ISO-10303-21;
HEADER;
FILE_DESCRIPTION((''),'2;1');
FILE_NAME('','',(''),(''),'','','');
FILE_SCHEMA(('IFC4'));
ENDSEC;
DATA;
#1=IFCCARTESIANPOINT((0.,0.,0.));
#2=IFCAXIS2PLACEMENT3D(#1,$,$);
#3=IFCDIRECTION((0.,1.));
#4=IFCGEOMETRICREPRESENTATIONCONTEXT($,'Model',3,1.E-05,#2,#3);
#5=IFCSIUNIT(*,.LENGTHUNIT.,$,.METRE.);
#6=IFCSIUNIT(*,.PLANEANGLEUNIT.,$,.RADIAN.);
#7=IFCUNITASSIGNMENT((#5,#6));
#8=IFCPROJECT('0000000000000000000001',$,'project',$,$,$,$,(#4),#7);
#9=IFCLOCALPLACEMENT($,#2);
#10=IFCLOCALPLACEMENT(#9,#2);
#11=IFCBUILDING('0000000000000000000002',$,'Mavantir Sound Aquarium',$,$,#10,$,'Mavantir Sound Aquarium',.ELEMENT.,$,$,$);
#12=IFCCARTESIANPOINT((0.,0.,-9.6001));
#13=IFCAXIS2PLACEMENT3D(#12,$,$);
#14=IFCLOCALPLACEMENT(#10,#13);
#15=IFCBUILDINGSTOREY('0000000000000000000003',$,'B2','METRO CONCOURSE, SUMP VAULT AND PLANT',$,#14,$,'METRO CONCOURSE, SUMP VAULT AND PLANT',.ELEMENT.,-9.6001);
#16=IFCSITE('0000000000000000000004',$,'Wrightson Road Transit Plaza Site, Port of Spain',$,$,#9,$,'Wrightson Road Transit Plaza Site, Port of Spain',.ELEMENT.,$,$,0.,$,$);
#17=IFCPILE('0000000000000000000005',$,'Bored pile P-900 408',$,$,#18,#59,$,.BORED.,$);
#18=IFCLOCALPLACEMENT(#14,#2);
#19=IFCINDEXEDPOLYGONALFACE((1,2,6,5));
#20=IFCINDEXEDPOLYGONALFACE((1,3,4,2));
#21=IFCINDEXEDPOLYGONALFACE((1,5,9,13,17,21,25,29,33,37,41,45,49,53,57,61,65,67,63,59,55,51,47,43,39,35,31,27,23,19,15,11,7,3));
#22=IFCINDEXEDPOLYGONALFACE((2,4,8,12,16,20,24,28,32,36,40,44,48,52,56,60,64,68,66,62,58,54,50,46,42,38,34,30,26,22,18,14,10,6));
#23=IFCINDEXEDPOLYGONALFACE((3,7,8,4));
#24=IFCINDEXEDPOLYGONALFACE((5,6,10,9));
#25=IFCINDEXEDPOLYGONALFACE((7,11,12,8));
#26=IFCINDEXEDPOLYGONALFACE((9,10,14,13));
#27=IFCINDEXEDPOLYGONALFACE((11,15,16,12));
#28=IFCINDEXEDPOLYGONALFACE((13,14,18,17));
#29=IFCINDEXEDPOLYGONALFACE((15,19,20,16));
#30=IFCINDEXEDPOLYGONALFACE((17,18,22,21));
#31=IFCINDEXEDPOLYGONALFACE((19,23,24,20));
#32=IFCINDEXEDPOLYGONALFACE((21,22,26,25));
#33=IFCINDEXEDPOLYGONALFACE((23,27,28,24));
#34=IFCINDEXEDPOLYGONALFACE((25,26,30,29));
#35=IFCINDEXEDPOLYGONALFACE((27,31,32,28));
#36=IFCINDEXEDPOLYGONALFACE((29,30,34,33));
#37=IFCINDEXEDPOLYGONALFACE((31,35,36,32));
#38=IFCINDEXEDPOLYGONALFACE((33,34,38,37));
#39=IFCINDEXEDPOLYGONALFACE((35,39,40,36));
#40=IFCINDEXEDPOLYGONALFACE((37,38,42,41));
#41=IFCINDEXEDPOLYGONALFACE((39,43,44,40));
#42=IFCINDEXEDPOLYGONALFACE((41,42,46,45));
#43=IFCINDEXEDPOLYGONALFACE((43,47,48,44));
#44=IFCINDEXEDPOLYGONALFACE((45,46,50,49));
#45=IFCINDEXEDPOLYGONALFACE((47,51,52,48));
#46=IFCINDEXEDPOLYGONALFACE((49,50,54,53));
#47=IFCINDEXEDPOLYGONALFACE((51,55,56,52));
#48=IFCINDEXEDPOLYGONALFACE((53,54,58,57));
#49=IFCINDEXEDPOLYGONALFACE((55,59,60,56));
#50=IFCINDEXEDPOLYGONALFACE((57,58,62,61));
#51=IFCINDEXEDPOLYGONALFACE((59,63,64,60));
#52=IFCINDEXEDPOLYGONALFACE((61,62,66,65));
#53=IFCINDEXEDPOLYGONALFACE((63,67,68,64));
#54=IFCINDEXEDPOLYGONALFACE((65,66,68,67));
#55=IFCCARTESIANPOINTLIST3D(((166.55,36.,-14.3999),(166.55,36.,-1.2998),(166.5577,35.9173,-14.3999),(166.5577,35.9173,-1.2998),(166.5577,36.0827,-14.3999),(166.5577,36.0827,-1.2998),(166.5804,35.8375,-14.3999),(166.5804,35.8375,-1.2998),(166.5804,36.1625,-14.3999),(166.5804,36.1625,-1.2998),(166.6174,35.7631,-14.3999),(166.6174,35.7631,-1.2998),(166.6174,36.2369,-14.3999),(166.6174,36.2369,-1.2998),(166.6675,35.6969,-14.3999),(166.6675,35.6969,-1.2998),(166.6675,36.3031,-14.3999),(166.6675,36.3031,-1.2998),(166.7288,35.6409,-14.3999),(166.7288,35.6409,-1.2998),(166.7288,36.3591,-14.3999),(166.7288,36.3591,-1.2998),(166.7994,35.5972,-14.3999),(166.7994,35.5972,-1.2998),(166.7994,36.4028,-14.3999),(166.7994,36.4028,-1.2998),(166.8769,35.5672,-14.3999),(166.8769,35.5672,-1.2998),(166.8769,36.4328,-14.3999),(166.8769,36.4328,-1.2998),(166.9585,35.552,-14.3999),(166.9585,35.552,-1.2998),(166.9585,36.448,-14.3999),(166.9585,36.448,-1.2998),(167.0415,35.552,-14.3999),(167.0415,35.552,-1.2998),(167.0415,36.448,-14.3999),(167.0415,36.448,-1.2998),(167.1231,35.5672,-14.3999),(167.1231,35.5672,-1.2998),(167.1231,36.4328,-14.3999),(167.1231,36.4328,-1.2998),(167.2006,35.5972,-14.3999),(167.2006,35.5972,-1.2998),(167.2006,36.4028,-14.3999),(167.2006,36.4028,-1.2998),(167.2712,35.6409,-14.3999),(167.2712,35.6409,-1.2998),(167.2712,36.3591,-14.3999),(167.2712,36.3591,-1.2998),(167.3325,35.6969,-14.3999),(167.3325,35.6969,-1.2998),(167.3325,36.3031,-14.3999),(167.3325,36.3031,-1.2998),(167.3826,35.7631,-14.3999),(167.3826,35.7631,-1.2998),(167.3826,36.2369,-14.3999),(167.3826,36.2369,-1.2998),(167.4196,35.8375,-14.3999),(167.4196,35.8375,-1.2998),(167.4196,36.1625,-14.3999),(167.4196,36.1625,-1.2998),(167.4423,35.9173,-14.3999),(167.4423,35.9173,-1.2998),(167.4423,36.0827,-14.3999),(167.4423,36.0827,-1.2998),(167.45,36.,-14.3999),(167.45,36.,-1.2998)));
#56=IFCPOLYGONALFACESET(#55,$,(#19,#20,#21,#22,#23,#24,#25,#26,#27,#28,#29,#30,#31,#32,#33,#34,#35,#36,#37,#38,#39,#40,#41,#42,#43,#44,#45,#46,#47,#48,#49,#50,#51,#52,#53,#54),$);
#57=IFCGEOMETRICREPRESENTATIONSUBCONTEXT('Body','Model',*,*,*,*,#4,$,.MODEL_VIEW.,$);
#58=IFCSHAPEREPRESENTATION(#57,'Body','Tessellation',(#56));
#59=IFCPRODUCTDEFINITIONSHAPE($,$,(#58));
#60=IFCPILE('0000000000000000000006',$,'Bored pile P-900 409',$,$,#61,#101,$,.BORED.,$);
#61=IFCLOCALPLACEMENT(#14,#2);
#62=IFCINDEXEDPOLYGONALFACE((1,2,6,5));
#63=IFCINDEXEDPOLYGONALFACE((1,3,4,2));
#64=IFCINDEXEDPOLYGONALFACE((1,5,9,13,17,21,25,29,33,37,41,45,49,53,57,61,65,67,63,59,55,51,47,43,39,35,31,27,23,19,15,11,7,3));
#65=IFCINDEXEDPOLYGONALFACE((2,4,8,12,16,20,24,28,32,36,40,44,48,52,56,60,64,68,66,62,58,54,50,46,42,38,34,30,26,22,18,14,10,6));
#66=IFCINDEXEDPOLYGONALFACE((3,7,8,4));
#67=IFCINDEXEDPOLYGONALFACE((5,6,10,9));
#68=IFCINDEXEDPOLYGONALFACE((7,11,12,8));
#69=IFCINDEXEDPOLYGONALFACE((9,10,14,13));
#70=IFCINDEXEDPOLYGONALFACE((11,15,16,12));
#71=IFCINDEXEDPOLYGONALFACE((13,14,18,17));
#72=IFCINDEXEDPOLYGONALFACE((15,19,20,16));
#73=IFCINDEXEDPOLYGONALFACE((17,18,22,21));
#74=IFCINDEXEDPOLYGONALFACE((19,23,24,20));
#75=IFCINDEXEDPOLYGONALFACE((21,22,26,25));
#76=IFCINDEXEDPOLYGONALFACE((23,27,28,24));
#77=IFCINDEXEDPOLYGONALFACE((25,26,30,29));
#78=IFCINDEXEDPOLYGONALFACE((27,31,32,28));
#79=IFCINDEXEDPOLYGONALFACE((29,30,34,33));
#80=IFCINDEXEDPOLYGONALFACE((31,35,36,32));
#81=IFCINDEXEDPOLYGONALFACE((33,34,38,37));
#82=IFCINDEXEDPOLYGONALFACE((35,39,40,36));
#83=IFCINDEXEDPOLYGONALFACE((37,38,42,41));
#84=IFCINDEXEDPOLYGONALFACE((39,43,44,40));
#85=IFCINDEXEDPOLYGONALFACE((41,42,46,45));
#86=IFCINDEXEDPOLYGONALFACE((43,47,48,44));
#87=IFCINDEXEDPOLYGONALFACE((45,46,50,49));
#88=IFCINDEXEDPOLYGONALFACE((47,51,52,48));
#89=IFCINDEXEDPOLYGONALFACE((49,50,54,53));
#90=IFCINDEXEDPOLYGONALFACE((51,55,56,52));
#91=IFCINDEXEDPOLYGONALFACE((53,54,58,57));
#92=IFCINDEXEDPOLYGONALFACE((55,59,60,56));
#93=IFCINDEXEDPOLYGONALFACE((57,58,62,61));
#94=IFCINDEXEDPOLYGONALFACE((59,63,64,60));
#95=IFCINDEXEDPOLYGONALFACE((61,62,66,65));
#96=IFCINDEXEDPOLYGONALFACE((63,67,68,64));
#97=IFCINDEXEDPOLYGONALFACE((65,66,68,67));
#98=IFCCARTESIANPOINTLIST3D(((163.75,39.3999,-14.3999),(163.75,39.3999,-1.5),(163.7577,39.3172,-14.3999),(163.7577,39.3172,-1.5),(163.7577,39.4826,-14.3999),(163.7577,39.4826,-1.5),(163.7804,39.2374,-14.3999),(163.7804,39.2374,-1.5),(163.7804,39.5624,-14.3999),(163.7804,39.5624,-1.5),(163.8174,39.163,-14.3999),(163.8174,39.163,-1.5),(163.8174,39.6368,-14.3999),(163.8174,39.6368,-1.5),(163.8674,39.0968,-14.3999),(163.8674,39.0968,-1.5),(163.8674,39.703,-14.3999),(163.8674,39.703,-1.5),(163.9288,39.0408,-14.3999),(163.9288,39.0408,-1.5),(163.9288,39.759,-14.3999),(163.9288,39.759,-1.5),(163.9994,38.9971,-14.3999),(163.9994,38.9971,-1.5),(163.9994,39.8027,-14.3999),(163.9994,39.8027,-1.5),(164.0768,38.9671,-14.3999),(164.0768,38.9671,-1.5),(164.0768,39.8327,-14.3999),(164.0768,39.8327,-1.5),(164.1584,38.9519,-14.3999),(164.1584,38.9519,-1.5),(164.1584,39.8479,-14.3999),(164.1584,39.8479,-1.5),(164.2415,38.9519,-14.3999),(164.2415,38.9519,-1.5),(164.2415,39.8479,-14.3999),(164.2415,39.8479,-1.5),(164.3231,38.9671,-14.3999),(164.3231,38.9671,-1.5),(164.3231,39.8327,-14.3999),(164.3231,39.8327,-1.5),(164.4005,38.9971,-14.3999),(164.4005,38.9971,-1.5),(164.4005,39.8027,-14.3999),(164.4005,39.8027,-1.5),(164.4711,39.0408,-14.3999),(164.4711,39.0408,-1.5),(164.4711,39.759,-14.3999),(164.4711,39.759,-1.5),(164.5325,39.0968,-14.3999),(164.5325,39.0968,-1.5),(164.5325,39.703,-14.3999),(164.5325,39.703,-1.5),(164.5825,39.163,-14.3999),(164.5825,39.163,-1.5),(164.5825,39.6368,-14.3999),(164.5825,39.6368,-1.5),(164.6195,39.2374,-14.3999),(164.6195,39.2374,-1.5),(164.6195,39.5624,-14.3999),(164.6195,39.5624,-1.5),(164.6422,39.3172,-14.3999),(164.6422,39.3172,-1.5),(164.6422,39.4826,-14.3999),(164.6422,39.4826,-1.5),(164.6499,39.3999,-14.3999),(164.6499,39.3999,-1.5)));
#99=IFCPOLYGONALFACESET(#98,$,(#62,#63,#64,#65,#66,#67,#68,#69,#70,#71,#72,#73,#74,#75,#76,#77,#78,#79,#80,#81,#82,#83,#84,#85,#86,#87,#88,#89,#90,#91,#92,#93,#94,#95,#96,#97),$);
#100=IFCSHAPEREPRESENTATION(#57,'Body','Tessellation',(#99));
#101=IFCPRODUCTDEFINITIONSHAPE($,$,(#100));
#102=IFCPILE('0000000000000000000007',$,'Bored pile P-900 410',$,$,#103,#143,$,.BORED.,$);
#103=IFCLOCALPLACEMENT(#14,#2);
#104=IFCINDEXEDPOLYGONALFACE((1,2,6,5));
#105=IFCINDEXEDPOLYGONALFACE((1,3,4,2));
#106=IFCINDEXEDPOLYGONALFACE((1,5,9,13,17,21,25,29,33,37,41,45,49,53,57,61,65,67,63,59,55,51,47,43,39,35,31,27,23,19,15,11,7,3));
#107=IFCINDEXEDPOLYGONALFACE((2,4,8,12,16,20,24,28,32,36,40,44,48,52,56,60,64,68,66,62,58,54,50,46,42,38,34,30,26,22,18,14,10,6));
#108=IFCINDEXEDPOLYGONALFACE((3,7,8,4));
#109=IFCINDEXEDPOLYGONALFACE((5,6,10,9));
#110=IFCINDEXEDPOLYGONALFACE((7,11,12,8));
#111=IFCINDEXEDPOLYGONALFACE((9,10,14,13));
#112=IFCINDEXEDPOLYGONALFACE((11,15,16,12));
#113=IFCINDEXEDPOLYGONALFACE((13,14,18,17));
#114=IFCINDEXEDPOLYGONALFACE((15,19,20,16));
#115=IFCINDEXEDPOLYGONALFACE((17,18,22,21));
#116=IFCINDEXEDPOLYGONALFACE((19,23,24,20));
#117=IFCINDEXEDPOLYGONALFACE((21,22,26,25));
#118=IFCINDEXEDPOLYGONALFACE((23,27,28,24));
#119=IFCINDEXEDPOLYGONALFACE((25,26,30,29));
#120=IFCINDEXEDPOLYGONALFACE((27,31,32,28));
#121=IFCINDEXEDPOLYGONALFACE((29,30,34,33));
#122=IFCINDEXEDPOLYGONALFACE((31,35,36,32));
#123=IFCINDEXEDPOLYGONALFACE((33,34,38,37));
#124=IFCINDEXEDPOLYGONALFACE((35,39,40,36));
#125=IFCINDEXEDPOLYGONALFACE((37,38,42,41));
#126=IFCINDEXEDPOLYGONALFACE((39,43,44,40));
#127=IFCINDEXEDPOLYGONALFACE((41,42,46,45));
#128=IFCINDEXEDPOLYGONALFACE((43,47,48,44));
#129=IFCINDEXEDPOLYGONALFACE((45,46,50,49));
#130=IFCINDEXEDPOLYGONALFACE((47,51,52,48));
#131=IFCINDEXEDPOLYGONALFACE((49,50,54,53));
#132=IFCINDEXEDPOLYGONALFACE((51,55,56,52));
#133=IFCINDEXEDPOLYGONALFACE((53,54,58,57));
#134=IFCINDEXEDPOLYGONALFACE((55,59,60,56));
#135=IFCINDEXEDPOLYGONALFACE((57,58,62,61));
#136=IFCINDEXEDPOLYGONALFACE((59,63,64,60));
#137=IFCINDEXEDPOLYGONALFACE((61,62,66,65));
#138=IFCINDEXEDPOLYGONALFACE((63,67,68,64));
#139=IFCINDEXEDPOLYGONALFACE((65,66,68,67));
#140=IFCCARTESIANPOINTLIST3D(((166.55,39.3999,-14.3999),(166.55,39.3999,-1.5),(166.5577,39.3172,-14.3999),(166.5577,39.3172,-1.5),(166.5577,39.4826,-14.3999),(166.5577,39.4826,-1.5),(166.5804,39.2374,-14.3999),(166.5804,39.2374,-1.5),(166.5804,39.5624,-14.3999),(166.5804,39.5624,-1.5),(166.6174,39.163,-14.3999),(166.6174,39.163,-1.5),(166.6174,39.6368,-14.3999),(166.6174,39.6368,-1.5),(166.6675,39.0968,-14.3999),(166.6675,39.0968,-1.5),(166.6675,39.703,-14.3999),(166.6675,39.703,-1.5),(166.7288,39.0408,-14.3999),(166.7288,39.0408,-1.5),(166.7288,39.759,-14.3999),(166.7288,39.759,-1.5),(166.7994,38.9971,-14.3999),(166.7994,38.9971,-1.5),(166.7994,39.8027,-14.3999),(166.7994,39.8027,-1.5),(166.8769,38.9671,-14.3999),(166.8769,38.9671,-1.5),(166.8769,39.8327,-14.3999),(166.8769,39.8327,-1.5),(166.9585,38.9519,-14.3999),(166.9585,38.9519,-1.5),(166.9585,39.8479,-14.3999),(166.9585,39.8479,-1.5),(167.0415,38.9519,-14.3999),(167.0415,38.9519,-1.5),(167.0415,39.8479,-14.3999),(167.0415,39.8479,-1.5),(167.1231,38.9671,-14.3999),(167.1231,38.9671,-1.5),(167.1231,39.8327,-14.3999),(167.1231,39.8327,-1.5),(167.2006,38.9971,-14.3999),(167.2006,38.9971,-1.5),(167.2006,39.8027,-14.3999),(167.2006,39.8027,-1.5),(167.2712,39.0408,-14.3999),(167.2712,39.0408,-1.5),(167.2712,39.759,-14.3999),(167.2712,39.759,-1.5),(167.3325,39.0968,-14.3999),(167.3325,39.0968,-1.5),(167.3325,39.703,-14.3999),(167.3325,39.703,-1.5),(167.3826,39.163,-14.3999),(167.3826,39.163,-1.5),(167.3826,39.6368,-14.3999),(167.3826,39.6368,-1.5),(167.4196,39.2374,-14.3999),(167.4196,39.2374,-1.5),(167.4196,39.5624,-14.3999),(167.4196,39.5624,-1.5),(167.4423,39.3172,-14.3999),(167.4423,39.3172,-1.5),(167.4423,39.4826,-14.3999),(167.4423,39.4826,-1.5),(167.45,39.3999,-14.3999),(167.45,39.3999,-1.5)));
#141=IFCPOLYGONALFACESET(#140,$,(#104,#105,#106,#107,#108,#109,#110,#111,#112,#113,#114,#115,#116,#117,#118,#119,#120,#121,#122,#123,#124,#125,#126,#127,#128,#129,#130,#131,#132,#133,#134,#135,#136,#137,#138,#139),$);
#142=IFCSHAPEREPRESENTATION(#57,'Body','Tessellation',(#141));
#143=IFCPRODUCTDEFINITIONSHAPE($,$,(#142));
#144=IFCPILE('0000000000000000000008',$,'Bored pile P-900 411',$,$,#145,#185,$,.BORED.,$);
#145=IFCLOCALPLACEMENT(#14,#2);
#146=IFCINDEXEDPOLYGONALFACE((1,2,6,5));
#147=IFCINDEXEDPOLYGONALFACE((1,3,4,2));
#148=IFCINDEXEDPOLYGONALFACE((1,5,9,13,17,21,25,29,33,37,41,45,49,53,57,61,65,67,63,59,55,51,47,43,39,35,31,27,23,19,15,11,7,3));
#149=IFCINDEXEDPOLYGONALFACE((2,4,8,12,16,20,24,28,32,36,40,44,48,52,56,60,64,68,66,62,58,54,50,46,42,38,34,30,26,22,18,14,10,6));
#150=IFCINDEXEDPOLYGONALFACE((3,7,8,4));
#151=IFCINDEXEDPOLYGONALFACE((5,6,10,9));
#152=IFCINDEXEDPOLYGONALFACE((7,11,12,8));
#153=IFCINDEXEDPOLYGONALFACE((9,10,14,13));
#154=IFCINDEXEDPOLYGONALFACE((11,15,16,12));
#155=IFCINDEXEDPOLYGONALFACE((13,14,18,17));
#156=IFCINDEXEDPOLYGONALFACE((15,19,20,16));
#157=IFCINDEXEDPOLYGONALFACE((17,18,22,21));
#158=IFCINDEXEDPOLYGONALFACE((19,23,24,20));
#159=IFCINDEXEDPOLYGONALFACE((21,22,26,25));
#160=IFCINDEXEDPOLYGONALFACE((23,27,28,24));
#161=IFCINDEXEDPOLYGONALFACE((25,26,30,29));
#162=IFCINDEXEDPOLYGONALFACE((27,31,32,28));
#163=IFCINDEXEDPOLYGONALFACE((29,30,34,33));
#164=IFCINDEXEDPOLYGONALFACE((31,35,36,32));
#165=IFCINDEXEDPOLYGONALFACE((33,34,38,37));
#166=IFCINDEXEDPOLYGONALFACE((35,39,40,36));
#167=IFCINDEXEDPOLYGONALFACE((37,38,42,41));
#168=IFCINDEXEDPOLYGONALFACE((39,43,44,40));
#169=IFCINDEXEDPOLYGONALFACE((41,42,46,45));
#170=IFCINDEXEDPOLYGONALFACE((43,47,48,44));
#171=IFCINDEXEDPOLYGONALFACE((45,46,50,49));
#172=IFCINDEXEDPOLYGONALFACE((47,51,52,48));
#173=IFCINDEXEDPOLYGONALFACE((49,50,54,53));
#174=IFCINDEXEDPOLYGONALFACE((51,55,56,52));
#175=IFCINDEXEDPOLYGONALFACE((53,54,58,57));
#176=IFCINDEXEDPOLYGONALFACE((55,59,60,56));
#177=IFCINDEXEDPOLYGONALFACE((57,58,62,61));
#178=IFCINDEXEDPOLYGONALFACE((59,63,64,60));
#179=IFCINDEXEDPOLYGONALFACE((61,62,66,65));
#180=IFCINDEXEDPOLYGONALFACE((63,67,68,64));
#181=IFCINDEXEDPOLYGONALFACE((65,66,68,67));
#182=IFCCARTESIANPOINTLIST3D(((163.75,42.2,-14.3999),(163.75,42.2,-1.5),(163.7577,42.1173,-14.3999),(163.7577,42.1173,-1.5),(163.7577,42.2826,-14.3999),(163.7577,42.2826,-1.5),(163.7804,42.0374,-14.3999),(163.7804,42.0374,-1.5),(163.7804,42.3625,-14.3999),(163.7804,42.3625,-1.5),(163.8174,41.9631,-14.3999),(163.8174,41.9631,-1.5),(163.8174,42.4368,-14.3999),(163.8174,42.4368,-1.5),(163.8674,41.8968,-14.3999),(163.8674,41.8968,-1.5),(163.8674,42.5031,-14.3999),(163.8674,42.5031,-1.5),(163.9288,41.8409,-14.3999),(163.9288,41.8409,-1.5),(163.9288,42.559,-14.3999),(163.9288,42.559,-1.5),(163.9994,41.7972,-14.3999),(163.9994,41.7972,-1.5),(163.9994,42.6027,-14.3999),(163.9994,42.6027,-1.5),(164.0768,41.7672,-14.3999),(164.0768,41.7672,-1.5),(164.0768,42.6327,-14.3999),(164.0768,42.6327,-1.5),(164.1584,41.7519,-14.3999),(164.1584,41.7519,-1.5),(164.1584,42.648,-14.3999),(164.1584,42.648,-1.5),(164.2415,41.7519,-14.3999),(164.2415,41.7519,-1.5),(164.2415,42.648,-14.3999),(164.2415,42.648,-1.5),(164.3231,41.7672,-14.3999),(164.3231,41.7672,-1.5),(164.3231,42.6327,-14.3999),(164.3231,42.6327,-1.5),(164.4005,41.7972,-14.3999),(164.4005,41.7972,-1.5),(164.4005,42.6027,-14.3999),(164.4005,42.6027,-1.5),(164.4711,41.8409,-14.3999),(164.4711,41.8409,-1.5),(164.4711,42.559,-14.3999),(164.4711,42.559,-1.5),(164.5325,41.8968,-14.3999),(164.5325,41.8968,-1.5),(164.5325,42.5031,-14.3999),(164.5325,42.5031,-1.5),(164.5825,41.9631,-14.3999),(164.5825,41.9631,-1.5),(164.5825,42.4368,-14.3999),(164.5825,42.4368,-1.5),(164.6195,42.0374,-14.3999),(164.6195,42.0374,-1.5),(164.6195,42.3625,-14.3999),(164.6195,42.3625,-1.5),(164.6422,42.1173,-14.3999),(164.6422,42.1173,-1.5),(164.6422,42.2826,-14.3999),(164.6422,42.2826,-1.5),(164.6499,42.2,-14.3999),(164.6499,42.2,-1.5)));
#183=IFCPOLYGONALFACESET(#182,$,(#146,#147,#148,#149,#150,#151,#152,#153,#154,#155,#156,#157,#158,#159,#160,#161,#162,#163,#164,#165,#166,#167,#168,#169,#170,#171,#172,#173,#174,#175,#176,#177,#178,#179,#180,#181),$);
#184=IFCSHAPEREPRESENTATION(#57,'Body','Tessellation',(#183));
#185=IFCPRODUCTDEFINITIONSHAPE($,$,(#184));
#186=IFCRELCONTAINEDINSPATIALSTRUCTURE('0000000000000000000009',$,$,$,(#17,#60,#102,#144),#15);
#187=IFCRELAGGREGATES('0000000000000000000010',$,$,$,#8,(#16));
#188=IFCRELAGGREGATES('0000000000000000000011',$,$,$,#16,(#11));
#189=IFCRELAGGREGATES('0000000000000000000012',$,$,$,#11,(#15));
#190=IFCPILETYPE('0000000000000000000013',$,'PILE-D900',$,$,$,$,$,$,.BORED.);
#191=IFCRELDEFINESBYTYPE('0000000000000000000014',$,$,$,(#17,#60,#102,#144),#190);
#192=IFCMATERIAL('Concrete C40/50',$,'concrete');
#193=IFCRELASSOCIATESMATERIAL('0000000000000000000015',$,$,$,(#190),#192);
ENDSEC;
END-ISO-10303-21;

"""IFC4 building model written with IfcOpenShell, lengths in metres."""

from ifc_helpers import new_model, si_unit, direction, frame, origin, origin_2d, place, context, subcontext, project, spatial, circle, extrude, material, material_profile, profile_set, type_object, element, save


model = new_model("IFC4")

# Units and contexts
model_context = context("Model", 3, precision=1e-05, world=origin(), true_north=direction((0.0, 1.0)))
body_context = subcontext(model_context, "Body", "Model", "MODEL_VIEW")
ifc_project = project(units=[si_unit("LENGTHUNIT", "METRE"), si_unit("PLANEANGLEUNIT", "RADIAN")], contexts=[model_context])

# Site, building, storey
site_placement = place(None, origin())
site = spatial("IfcSite", under=ifc_project, at=site_placement, Name="Wrightson Road Transit Plaza Site, Port of Spain", LongName="Wrightson Road Transit Plaza Site, Port of Spain", CompositionType="ELEMENT", RefElevation=0.0)
building_placement = place(site_placement, origin())
building = spatial("IfcBuilding", under=site, at=building_placement, Name="Mavantir Sound Aquarium", LongName="Mavantir Sound Aquarium", CompositionType="ELEMENT")
storey_placement = place(building_placement, frame((0.0, 0.0, -9.6001)))
storey = spatial("IfcBuildingStorey", under=building, at=storey_placement, Name="B2", Description="METRO CONCOURSE, SUMP VAULT AND PLANT", LongName="METRO CONCOURSE, SUMP VAULT AND PLANT", CompositionType="ELEMENT", Elevation=-9.6001)

# Shared definitions
ifc_material_1 = material(Name="Concrete C40/50", Category="concrete")

# Piles
ifc_material_profile_1 = material_profile(ifc_material_1, circle(Radius=0.45, at=origin_2d()), Name="PILE D900")
ifc_profile_set_1 = profile_set([ifc_material_profile_1], Name="Concrete C40/50")
pile_type = type_object("IfcPileType", Name="PILE-D900", PredefinedType="BORED", material=ifc_profile_set_1)
for number, where, z_axis, x_axis, name in (
    (1, (167.0, 36.0, -1.2998), (0.0, 0.0, -1.0), (1.0, 0.0, 0.0), "Bored pile P-900 408"),
):
    element("IfcPile", number, at=place(storey_placement, frame(where, z_axis=z_axis, x_axis=x_axis)), inside=storey, type_object=pile_type, Name=name, PredefinedType="BORED", context=body_context, shape_type="SweptSolid", body=[
        extrude(circle(Radius=0.45, at=origin_2d()), origin(), (0.0, 0.0, 1.0), 13.1001),
    ])
for number, where, z_axis, x_axis, name in (
    (2, (164.2, 39.3999, -1.5), (0.0, 0.0, -1.0), (1.0, 0.0, 0.0), "Bored pile P-900 409"),
    (3, (167.0, 39.3999, -1.5), (0.0, 0.0, -1.0), (1.0, 0.0, 0.0), "Bored pile P-900 410"),
    (4, (164.2, 42.2, -1.5), (0.0, 0.0, -1.0), (1.0, 0.0, 0.0), "Bored pile P-900 411"),
):
    element("IfcPile", number, at=place(storey_placement, frame(where, z_axis=z_axis, x_axis=x_axis)), inside=storey, type_object=pile_type, Name=name, PredefinedType="BORED", context=body_context, shape_type="SweptSolid", body=[
        extrude(circle(Radius=0.45, at=origin_2d()), origin(), (0.0, 0.0, 1.0), 12.8999),
    ])

save(model, "model.ifc")
